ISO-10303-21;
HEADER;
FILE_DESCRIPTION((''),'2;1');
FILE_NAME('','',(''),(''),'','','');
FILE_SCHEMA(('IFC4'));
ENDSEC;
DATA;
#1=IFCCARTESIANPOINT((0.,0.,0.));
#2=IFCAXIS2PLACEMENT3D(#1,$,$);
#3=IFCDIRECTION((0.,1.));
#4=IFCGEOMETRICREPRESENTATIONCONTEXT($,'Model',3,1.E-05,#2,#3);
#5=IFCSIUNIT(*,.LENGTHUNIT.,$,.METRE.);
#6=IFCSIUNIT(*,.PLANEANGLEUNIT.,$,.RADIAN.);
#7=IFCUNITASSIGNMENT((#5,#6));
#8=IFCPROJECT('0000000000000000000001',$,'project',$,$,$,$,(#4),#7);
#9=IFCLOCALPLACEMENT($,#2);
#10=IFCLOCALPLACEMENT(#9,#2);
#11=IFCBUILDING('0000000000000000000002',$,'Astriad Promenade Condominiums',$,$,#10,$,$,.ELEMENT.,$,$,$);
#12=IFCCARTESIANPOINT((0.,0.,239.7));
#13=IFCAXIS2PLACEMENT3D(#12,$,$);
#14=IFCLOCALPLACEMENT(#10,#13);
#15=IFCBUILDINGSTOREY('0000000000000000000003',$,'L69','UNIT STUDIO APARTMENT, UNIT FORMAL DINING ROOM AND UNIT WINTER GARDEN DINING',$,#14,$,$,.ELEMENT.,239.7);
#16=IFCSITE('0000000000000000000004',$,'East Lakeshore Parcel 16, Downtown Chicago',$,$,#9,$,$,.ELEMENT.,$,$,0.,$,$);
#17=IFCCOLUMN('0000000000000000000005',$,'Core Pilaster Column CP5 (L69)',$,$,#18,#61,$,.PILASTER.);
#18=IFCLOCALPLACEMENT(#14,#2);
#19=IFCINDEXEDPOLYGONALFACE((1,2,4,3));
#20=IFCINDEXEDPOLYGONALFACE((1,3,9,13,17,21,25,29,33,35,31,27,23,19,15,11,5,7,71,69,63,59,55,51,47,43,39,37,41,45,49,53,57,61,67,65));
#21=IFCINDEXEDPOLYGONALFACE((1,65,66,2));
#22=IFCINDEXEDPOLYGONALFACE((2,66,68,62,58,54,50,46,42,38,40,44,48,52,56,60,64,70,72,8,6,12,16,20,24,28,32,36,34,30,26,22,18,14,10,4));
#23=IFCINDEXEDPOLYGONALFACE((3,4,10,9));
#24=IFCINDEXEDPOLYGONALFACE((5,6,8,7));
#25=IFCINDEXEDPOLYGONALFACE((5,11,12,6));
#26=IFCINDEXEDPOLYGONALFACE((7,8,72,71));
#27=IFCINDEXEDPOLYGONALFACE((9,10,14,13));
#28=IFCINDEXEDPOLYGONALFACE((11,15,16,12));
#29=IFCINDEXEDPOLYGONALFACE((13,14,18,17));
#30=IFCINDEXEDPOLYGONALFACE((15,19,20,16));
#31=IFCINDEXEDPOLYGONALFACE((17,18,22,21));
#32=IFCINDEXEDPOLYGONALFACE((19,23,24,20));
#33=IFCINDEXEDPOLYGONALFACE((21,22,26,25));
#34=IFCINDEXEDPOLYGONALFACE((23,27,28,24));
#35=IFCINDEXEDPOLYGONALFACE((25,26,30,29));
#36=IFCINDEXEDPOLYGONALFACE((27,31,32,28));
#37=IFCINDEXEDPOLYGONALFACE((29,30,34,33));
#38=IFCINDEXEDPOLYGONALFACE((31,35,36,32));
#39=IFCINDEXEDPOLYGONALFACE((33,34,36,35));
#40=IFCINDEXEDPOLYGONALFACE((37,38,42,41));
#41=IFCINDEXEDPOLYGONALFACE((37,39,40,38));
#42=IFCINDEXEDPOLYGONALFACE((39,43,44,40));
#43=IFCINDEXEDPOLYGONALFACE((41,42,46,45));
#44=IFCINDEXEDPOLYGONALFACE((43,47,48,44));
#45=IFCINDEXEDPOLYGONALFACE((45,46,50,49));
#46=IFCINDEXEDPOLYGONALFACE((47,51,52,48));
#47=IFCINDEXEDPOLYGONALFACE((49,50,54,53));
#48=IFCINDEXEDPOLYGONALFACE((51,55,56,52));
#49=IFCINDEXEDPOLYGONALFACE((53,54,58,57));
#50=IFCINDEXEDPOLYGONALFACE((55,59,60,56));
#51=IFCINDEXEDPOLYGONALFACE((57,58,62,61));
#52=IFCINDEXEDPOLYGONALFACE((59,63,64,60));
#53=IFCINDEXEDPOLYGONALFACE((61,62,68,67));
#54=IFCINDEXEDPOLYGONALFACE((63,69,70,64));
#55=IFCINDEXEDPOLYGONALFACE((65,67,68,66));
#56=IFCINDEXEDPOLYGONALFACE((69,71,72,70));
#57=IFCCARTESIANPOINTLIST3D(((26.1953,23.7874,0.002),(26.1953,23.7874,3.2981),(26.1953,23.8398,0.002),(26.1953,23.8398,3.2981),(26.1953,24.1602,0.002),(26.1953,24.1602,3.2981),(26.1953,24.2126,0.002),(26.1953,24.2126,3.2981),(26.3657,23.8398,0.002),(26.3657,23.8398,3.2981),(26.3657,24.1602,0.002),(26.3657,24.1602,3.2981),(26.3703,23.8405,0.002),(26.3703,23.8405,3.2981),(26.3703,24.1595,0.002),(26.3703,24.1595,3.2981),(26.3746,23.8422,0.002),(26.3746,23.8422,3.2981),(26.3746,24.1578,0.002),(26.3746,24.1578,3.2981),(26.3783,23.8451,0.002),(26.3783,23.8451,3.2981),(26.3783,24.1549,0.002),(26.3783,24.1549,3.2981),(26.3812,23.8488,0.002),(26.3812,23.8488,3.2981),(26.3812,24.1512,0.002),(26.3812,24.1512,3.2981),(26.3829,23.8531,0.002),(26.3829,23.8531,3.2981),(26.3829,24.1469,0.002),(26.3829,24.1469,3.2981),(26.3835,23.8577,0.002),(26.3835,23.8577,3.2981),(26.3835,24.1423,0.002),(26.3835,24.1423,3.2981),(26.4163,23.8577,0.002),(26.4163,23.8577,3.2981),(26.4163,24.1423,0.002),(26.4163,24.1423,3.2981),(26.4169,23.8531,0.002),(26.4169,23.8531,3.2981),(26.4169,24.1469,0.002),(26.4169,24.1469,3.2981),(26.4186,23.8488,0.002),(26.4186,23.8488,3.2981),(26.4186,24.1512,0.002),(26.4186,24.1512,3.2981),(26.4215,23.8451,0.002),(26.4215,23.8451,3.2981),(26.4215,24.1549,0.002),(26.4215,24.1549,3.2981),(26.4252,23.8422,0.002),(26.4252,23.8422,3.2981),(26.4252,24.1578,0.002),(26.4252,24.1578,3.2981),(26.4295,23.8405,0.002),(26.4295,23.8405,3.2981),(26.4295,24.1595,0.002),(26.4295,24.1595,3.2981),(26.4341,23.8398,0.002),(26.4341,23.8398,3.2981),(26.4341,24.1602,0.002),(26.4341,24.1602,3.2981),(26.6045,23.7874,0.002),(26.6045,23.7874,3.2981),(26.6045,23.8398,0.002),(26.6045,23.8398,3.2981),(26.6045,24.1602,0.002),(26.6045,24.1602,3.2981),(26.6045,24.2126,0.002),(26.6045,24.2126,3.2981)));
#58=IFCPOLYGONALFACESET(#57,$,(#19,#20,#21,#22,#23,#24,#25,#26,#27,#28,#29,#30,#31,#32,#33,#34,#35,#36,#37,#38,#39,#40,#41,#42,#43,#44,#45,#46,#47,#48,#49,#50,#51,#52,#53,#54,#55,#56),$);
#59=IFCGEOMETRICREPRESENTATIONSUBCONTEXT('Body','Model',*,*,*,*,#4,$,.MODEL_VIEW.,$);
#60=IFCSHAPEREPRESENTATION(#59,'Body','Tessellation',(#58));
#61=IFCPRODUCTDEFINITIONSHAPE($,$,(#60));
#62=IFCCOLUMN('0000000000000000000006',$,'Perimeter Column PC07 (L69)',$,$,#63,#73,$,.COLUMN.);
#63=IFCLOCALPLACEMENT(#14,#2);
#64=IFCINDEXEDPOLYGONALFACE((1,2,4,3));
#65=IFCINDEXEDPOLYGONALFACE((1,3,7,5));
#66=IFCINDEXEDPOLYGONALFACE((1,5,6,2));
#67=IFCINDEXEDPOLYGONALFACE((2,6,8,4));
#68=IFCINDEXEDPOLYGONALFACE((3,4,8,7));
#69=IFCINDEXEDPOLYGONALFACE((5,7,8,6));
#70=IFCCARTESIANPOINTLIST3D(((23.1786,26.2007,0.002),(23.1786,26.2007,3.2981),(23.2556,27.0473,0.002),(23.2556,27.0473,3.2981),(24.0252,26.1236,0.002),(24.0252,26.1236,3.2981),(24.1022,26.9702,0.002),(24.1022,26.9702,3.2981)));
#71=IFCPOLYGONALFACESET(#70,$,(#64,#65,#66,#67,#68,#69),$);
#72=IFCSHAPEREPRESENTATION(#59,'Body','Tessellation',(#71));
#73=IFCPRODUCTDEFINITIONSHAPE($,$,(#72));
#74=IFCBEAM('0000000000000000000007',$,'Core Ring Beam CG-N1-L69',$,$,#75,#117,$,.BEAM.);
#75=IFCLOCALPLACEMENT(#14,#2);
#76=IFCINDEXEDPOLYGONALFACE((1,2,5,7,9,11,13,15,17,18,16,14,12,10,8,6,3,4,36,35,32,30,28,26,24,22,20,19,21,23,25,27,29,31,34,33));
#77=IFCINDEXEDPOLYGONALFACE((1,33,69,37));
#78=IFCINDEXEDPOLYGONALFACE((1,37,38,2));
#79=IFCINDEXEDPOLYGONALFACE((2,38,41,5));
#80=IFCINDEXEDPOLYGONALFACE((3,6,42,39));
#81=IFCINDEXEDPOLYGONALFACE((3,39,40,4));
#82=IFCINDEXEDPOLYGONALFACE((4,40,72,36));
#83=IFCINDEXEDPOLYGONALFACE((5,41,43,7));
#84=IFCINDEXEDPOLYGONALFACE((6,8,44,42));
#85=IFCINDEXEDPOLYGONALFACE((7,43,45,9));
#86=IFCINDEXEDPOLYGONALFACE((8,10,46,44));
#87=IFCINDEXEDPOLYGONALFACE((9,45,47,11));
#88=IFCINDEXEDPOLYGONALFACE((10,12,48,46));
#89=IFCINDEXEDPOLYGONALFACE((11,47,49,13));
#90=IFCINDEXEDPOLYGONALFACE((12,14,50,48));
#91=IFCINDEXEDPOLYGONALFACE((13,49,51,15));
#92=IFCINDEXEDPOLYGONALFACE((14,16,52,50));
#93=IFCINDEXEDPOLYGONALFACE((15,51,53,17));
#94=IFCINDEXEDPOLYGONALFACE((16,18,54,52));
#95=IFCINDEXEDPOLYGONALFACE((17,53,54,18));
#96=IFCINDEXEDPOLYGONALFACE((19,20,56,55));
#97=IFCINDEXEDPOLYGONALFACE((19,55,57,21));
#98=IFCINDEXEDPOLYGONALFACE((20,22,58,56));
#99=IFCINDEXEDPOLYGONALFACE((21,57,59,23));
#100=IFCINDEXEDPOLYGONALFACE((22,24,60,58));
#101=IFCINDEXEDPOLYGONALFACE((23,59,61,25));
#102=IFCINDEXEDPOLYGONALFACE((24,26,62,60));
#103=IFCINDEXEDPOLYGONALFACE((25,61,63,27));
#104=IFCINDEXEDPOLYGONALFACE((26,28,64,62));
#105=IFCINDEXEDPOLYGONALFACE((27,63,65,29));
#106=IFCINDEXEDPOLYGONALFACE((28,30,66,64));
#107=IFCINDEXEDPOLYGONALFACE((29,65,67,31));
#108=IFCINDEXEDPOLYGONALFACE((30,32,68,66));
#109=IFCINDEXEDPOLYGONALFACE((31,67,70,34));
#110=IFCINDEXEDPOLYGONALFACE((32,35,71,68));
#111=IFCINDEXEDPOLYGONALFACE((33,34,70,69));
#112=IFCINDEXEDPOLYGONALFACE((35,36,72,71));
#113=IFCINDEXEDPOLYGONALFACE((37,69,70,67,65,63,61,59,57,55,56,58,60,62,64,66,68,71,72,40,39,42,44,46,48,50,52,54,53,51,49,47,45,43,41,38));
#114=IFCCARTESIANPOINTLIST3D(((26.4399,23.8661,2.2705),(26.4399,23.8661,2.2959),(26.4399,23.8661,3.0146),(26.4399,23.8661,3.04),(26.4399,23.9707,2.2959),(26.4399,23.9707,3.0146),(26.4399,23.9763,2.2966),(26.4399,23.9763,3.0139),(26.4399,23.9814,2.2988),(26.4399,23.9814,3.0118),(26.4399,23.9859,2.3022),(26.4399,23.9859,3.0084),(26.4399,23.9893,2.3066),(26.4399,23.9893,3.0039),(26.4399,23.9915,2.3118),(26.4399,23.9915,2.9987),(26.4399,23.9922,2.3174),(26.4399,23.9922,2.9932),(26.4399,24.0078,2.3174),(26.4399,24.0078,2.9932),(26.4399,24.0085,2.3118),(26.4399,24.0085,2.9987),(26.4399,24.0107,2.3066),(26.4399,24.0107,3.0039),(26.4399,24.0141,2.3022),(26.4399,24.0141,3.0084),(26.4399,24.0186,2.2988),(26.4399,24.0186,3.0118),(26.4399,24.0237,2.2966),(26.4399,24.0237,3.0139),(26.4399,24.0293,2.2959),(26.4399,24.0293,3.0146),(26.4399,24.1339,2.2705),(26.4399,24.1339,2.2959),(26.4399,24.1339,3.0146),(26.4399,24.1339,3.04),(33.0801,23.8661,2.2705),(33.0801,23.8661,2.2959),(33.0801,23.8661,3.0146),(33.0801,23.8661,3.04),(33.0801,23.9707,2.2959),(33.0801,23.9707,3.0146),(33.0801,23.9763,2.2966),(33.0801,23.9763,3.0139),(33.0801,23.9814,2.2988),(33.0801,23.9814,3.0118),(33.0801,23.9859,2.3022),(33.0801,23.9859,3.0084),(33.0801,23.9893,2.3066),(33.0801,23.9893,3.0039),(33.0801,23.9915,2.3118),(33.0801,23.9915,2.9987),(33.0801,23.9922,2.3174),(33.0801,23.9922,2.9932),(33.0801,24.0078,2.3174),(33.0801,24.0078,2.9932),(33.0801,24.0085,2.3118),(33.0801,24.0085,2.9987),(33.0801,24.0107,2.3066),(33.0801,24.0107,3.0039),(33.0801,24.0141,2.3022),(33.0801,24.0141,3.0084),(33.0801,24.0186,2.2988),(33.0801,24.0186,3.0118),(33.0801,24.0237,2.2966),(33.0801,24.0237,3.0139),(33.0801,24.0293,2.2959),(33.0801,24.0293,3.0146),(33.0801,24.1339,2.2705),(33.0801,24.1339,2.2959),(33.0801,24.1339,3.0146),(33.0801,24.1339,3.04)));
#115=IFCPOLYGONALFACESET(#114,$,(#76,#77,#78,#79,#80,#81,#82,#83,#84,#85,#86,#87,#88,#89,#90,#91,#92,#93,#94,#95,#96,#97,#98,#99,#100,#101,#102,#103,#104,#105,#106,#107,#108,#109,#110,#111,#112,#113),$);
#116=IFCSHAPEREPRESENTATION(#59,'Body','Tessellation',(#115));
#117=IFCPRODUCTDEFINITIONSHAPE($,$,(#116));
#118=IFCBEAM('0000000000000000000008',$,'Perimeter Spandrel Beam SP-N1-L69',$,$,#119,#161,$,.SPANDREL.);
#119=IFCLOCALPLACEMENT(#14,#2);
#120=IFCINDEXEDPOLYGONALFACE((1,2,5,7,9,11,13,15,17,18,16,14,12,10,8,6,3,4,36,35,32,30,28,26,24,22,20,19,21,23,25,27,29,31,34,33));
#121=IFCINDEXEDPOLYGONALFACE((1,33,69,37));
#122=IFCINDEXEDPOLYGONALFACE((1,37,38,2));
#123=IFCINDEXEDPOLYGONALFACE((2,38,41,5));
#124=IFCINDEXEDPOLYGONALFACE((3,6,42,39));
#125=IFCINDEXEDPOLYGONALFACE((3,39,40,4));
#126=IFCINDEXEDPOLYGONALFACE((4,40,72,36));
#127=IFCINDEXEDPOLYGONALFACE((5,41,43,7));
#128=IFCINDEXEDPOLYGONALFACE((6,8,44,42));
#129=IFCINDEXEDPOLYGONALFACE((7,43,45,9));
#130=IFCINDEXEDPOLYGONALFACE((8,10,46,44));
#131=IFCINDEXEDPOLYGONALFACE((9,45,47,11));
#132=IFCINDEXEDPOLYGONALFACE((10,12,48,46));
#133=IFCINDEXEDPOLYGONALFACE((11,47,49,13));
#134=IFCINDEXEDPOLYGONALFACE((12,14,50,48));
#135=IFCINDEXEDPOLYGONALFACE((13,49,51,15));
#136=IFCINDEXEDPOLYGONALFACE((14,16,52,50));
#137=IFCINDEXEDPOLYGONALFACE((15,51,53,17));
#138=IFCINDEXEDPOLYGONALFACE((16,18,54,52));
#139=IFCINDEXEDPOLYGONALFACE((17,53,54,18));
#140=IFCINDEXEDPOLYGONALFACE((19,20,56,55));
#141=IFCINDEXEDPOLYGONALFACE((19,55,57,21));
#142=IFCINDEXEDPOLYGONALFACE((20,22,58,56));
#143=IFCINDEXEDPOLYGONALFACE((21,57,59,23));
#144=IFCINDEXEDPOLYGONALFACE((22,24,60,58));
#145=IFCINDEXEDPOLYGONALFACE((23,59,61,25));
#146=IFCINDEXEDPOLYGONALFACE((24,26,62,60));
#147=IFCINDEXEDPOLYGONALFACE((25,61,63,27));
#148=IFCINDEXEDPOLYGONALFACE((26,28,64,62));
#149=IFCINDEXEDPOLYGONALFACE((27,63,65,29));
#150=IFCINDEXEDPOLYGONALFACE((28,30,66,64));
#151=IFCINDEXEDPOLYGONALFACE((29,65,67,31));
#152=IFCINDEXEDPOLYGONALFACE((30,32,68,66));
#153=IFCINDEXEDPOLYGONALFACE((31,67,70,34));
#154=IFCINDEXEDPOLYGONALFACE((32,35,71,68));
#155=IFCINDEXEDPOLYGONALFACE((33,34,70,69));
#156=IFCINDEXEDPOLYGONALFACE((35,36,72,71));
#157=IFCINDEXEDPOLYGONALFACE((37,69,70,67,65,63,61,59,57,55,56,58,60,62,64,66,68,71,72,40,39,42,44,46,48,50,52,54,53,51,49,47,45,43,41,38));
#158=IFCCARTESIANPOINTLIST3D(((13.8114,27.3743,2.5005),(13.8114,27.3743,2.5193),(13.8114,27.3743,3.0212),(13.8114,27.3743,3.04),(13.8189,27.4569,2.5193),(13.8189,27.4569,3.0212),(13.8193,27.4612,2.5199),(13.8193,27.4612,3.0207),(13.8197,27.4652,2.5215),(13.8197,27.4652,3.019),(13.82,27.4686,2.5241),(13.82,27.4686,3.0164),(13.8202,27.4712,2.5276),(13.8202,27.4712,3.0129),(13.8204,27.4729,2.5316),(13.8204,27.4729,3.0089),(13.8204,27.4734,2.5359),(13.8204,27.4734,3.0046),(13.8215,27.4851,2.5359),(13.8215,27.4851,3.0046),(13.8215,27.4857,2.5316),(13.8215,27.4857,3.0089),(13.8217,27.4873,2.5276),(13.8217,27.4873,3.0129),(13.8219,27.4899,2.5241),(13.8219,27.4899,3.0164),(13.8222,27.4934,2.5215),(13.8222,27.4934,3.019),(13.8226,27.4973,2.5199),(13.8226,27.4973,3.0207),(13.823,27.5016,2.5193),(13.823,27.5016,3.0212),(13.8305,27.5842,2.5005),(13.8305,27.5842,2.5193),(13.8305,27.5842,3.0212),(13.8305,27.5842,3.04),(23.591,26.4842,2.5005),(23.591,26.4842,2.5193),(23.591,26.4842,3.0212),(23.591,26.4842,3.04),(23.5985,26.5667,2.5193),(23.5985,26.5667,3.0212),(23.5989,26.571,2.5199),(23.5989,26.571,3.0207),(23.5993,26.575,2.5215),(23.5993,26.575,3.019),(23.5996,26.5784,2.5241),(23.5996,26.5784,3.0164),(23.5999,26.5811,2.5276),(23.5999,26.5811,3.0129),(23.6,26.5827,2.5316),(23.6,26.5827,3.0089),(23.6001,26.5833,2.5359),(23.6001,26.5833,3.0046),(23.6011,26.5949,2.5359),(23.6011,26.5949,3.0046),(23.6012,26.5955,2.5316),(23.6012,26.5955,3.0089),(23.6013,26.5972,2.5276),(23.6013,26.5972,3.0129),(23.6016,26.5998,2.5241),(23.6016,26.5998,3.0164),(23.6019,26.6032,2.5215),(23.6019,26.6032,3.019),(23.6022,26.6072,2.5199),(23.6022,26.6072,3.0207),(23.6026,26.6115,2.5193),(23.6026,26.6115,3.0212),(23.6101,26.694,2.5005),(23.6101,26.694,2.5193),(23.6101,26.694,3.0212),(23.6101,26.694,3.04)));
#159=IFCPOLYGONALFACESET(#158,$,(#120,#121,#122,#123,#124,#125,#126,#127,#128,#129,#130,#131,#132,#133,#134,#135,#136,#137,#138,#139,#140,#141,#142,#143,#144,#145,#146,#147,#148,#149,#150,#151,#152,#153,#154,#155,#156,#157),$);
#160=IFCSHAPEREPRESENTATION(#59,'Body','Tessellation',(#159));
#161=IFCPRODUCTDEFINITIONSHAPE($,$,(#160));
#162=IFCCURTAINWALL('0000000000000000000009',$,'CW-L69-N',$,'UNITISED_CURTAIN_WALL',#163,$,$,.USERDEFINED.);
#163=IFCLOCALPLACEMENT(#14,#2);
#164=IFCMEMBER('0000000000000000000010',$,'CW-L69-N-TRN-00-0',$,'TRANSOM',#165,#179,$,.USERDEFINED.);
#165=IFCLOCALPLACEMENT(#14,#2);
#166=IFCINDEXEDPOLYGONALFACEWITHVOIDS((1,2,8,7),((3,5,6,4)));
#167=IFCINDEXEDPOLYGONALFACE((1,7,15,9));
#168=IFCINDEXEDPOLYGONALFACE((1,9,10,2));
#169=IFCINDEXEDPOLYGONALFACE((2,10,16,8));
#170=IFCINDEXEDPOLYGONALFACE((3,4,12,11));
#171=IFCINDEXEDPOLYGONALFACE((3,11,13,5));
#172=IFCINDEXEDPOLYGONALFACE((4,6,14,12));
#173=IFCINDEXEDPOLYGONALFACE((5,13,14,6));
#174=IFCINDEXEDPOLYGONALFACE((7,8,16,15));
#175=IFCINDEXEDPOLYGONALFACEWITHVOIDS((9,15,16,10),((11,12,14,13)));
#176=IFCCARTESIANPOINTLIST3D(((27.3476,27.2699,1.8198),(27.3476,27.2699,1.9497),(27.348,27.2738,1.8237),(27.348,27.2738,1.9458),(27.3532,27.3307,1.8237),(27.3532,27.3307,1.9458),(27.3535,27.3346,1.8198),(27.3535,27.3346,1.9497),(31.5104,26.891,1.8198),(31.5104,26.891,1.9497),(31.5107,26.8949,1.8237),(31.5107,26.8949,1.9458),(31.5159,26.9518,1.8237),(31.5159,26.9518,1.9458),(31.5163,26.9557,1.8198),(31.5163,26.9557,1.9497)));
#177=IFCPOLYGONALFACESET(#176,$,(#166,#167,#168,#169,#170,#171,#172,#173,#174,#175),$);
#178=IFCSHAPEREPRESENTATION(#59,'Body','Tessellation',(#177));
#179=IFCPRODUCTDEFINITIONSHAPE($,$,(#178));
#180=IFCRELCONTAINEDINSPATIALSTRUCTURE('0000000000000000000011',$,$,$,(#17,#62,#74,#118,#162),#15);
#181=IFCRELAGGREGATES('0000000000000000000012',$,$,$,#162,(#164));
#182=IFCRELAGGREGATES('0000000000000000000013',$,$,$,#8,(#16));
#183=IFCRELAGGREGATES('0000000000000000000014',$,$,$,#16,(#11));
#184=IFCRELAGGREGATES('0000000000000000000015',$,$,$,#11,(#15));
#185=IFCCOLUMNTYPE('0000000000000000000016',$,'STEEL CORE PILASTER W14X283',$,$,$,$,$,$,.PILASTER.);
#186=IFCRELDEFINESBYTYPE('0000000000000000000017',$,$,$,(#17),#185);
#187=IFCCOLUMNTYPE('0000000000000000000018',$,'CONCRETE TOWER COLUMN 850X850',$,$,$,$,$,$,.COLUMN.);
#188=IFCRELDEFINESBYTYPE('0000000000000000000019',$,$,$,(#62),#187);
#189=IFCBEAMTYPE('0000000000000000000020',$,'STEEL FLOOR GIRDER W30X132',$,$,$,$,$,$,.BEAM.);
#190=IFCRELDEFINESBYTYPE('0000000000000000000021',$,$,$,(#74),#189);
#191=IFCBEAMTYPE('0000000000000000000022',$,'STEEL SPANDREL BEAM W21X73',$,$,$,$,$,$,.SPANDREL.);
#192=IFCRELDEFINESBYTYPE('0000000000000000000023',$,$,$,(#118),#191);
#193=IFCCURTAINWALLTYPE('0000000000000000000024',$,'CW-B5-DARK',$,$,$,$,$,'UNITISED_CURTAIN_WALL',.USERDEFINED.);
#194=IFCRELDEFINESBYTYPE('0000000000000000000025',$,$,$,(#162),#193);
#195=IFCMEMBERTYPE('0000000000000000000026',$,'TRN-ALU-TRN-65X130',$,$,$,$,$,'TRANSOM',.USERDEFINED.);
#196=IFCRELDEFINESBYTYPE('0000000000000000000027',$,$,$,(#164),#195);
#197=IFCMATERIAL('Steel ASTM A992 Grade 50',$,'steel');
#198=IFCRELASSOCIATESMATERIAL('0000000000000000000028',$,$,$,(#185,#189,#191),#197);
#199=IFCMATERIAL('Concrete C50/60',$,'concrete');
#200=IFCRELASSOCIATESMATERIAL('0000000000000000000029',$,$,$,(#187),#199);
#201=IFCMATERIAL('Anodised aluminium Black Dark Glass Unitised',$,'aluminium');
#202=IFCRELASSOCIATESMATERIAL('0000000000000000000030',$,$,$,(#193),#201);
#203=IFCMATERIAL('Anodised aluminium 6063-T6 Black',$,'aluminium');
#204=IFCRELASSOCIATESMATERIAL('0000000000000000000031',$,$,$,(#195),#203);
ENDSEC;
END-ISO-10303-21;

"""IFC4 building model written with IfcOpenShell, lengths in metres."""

from ifc_helpers import new_model, si_unit, direction, frame, origin, origin_2d, place, context, subcontext, project, spatial, rectangle, hollow_rectangle, i_section, extrude, source, transform, mapped, material, material_profile, profile_set, type_object, type_shapes, element, aggregate, save


model = new_model("IFC4")

# Units and contexts
model_context = context("Model", 3, precision=1e-05, world=origin(), true_north=direction((0.0, 1.0)))
body_context = subcontext(model_context, "Body", "Model", "MODEL_VIEW")
ifc_project = project(units=[si_unit("LENGTHUNIT", "METRE"), si_unit("PLANEANGLEUNIT", "RADIAN")], contexts=[model_context])

# Site, building, storey
site_placement = place(None, origin())
site = spatial("IfcSite", under=ifc_project, at=site_placement, Name="East Lakeshore Parcel 16, Downtown Chicago", CompositionType="ELEMENT", RefElevation=0.0)
building_placement = place(site_placement, origin())
building = spatial("IfcBuilding", under=site, at=building_placement, Name="Astriad Promenade Condominiums", CompositionType="ELEMENT")
storey_placement = place(building_placement, frame((0.0, 0.0, 239.7)))
storey = spatial("IfcBuildingStorey", under=building, at=storey_placement, Name="L69", Description="UNIT STUDIO APARTMENT, UNIT FORMAL DINING ROOM AND UNIT WINTER GARDEN DINING", CompositionType="ELEMENT", Elevation=239.7)

# Columns
ifc_material_1 = material(Name="Steel ASTM A992 Grade 50", Category="steel")
ifc_material_profile_1 = material_profile(ifc_material_1, i_section(OverallWidth=0.4092, OverallDepth=0.4253, WebThickness=0.0327, FlangeThickness=0.0525, FilletRadius=0.0178, at=origin_2d()), Name="W14X283")
ifc_profile_set_1 = profile_set([ifc_material_profile_1], Name="Steel ASTM A992 Grade 50")
column_type_1 = type_object("IfcColumnType", Name="STEEL CORE PILASTER W14X283", PredefinedType="PILASTER", material=ifc_profile_set_1)
shared_shape_1 = source(origin(), body_context, "Body", "SweptSolid", [
    extrude(i_section(OverallWidth=0.4092, OverallDepth=0.4253, WebThickness=0.0327, FlangeThickness=0.0525, FilletRadius=0.0178, at=origin_2d()), origin(), (0.0, 0.0, 1.0), 3.2961),
])
type_shapes(column_type_1, [shared_shape_1])
column_1_placement = place(storey_placement, frame((26.3999, 24.0, 0.002), z_axis=(0.0, 0.0, 1.0), x_axis=(1.0, 0.0, 0.0)))
element("IfcColumn", 1, at=column_1_placement, inside=storey, type_object=column_type_1, Name="Core Pilaster Column CP5 (L69)", PredefinedType="PILASTER", context=body_context, shape_type="MappedRepresentation", body=[
    mapped(shared_shape_1, transform((0.0, 0.0, 0.0), scale=1.0)),
])
ifc_material_2 = material(Name="Concrete C50/60", Category="concrete")
ifc_material_profile_2 = material_profile(ifc_material_2, rectangle(XDim=0.8501, YDim=0.8501, at=origin_2d()), Name="RC-COL-850X850")
ifc_profile_set_2 = profile_set([ifc_material_profile_2], Name="Concrete C50/60")
column_type_2 = type_object("IfcColumnType", Name="CONCRETE TOWER COLUMN 850X850", PredefinedType="COLUMN", material=ifc_profile_set_2)
shared_shape_2 = source(origin(), body_context, "Body", "SweptSolid", [
    extrude(rectangle(XDim=0.8501, YDim=0.8501, at=origin_2d()), origin(), (0.0, 0.0, 1.0), 3.2961),
])
type_shapes(column_type_2, [shared_shape_2])
column_2_placement = place(storey_placement, frame((23.6404, 26.5854, 0.002), z_axis=(0.0, 0.0, 1.0), x_axis=(0.995884, -0.090633, 0.0)))
element("IfcColumn", 2, at=column_2_placement, inside=storey, type_object=column_type_2, Name="Perimeter Column PC07 (L69)", PredefinedType="COLUMN", context=body_context, shape_type="MappedRepresentation", body=[
    mapped(shared_shape_2, transform((0.0, 0.0, 0.0), scale=1.0)),
])

# Beams
ifc_material_profile_3 = material_profile(ifc_material_1, i_section(OverallWidth=0.2678, OverallDepth=0.7695, WebThickness=0.0156, FlangeThickness=0.0254, FilletRadius=0.0215, at=origin_2d()), Name="W30X132")
ifc_profile_set_3 = profile_set([ifc_material_profile_3], Name="Steel ASTM A992 Grade 50")
beam_type_1 = type_object("IfcBeamType", Name="STEEL FLOOR GIRDER W30X132", PredefinedType="BEAM", material=ifc_profile_set_3)
shared_shape_3 = source(origin(), body_context, "Body", "SweptSolid", [
    extrude(i_section(OverallWidth=0.2678, OverallDepth=0.7695, WebThickness=0.0156, FlangeThickness=0.0254, FilletRadius=0.0215, at=origin_2d()), origin(), (0.0, 0.0, 1.0), 6.6401),
])
type_shapes(beam_type_1, [shared_shape_3])
beam_1_placement = place(storey_placement, frame((26.4399, 24.0, 2.6553), z_axis=(1.0, 0.0, 0.0), x_axis=(0.0, 1.0, 0.0)))
element("IfcBeam", 3, at=beam_1_placement, inside=storey, type_object=beam_type_1, Name="Core Ring Beam CG-N1-L69", PredefinedType="BEAM", context=body_context, shape_type="MappedRepresentation", body=[
    mapped(shared_shape_3, transform((0.0, 0.0, 0.0), scale=1.0)),
])
ifc_material_profile_4 = material_profile(ifc_material_1, i_section(OverallWidth=0.2107, OverallDepth=0.5396, WebThickness=0.0117, FlangeThickness=0.0188, FilletRadius=0.0166, at=origin_2d()), Name="W21X73")
ifc_profile_set_4 = profile_set([ifc_material_profile_4], Name="Steel ASTM A992 Grade 50")
beam_type_2 = type_object("IfcBeamType", Name="STEEL SPANDREL BEAM W21X73", PredefinedType="SPANDREL", material=ifc_profile_set_4)
shared_shape_4 = source(origin(), body_context, "Body", "SweptSolid", [
    extrude(i_section(OverallWidth=0.2107, OverallDepth=0.5396, WebThickness=0.0117, FlangeThickness=0.0188, FilletRadius=0.0166, at=origin_2d()), origin(), (0.0, 0.0, 1.0), 9.8201),
])
type_shapes(beam_type_2, [shared_shape_4])
beam_2_placement = place(storey_placement, frame((23.6006, 26.5891, 2.7703), z_axis=(-0.995883, 0.090646, 0.0), x_axis=(-0.090646, -0.995883, 0.0)))
element("IfcBeam", 4, at=beam_2_placement, inside=storey, type_object=beam_type_2, Name="Perimeter Spandrel Beam SP-N1-L69", PredefinedType="SPANDREL", context=body_context, shape_type="MappedRepresentation", body=[
    mapped(shared_shape_4, transform((0.0, 0.0, 0.0), scale=1.0)),
])

# Curtain wall, member
ifc_material_3 = material(Name="Anodised aluminium Black Dark Glass Unitised", Category="aluminium")
curtain_wall_type = type_object("IfcCurtainWallType", Name="CW-B5-DARK", ElementType="UNITISED_CURTAIN_WALL", PredefinedType="USERDEFINED", material=ifc_material_3)
curtain_wall_placement = place(storey_placement, origin())
curtain_wall = element("IfcCurtainWall", 5, at=curtain_wall_placement, inside=storey, type_object=curtain_wall_type, Name="CW-L69-N", ObjectType="UNITISED_CURTAIN_WALL", PredefinedType="USERDEFINED")
ifc_material_4 = material(Name="Anodised aluminium 6063-T6 Black", Category="aluminium")
ifc_material_profile_5 = material_profile(ifc_material_4, hollow_rectangle(XDim=0.0649, YDim=0.1299, WallThickness=0.0039, at=origin_2d()), Name="ALU-TRN-65X130")
ifc_profile_set_5 = profile_set([ifc_material_profile_5], Name="Anodised aluminium 6063-T6 Black")
member_type_1 = type_object("IfcMemberType", Name="TRN-ALU-TRN-65X130", ElementType="TRANSOM", PredefinedType="USERDEFINED", material=ifc_profile_set_5)
shared_shape_5 = source(origin(), body_context, "Body", "SweptSolid", [
    extrude(hollow_rectangle(XDim=0.0649, YDim=0.1299, WallThickness=0.0039, at=origin_2d()), origin(), (0.0, 0.0, 1.0), 4.1799),
])
type_shapes(member_type_1, [shared_shape_5])
member_1_placement = place(storey_placement, frame((27.3506, 27.3022, 1.8848), z_axis=(0.995883, -0.090646, 0.0), x_axis=(0.090646, 0.995883, 0.0)))
member_1 = element("IfcMember", 6, at=member_1_placement, type_object=member_type_1, Name="CW-L69-N-TRN-00-0", ObjectType="TRANSOM", PredefinedType="USERDEFINED", context=body_context, shape_type="MappedRepresentation", body=[
    mapped(shared_shape_5, transform((0.0, 0.0, 0.0), scale=1.0)),
])
aggregate(curtain_wall, [member_1])

save(model, "model.ifc")
